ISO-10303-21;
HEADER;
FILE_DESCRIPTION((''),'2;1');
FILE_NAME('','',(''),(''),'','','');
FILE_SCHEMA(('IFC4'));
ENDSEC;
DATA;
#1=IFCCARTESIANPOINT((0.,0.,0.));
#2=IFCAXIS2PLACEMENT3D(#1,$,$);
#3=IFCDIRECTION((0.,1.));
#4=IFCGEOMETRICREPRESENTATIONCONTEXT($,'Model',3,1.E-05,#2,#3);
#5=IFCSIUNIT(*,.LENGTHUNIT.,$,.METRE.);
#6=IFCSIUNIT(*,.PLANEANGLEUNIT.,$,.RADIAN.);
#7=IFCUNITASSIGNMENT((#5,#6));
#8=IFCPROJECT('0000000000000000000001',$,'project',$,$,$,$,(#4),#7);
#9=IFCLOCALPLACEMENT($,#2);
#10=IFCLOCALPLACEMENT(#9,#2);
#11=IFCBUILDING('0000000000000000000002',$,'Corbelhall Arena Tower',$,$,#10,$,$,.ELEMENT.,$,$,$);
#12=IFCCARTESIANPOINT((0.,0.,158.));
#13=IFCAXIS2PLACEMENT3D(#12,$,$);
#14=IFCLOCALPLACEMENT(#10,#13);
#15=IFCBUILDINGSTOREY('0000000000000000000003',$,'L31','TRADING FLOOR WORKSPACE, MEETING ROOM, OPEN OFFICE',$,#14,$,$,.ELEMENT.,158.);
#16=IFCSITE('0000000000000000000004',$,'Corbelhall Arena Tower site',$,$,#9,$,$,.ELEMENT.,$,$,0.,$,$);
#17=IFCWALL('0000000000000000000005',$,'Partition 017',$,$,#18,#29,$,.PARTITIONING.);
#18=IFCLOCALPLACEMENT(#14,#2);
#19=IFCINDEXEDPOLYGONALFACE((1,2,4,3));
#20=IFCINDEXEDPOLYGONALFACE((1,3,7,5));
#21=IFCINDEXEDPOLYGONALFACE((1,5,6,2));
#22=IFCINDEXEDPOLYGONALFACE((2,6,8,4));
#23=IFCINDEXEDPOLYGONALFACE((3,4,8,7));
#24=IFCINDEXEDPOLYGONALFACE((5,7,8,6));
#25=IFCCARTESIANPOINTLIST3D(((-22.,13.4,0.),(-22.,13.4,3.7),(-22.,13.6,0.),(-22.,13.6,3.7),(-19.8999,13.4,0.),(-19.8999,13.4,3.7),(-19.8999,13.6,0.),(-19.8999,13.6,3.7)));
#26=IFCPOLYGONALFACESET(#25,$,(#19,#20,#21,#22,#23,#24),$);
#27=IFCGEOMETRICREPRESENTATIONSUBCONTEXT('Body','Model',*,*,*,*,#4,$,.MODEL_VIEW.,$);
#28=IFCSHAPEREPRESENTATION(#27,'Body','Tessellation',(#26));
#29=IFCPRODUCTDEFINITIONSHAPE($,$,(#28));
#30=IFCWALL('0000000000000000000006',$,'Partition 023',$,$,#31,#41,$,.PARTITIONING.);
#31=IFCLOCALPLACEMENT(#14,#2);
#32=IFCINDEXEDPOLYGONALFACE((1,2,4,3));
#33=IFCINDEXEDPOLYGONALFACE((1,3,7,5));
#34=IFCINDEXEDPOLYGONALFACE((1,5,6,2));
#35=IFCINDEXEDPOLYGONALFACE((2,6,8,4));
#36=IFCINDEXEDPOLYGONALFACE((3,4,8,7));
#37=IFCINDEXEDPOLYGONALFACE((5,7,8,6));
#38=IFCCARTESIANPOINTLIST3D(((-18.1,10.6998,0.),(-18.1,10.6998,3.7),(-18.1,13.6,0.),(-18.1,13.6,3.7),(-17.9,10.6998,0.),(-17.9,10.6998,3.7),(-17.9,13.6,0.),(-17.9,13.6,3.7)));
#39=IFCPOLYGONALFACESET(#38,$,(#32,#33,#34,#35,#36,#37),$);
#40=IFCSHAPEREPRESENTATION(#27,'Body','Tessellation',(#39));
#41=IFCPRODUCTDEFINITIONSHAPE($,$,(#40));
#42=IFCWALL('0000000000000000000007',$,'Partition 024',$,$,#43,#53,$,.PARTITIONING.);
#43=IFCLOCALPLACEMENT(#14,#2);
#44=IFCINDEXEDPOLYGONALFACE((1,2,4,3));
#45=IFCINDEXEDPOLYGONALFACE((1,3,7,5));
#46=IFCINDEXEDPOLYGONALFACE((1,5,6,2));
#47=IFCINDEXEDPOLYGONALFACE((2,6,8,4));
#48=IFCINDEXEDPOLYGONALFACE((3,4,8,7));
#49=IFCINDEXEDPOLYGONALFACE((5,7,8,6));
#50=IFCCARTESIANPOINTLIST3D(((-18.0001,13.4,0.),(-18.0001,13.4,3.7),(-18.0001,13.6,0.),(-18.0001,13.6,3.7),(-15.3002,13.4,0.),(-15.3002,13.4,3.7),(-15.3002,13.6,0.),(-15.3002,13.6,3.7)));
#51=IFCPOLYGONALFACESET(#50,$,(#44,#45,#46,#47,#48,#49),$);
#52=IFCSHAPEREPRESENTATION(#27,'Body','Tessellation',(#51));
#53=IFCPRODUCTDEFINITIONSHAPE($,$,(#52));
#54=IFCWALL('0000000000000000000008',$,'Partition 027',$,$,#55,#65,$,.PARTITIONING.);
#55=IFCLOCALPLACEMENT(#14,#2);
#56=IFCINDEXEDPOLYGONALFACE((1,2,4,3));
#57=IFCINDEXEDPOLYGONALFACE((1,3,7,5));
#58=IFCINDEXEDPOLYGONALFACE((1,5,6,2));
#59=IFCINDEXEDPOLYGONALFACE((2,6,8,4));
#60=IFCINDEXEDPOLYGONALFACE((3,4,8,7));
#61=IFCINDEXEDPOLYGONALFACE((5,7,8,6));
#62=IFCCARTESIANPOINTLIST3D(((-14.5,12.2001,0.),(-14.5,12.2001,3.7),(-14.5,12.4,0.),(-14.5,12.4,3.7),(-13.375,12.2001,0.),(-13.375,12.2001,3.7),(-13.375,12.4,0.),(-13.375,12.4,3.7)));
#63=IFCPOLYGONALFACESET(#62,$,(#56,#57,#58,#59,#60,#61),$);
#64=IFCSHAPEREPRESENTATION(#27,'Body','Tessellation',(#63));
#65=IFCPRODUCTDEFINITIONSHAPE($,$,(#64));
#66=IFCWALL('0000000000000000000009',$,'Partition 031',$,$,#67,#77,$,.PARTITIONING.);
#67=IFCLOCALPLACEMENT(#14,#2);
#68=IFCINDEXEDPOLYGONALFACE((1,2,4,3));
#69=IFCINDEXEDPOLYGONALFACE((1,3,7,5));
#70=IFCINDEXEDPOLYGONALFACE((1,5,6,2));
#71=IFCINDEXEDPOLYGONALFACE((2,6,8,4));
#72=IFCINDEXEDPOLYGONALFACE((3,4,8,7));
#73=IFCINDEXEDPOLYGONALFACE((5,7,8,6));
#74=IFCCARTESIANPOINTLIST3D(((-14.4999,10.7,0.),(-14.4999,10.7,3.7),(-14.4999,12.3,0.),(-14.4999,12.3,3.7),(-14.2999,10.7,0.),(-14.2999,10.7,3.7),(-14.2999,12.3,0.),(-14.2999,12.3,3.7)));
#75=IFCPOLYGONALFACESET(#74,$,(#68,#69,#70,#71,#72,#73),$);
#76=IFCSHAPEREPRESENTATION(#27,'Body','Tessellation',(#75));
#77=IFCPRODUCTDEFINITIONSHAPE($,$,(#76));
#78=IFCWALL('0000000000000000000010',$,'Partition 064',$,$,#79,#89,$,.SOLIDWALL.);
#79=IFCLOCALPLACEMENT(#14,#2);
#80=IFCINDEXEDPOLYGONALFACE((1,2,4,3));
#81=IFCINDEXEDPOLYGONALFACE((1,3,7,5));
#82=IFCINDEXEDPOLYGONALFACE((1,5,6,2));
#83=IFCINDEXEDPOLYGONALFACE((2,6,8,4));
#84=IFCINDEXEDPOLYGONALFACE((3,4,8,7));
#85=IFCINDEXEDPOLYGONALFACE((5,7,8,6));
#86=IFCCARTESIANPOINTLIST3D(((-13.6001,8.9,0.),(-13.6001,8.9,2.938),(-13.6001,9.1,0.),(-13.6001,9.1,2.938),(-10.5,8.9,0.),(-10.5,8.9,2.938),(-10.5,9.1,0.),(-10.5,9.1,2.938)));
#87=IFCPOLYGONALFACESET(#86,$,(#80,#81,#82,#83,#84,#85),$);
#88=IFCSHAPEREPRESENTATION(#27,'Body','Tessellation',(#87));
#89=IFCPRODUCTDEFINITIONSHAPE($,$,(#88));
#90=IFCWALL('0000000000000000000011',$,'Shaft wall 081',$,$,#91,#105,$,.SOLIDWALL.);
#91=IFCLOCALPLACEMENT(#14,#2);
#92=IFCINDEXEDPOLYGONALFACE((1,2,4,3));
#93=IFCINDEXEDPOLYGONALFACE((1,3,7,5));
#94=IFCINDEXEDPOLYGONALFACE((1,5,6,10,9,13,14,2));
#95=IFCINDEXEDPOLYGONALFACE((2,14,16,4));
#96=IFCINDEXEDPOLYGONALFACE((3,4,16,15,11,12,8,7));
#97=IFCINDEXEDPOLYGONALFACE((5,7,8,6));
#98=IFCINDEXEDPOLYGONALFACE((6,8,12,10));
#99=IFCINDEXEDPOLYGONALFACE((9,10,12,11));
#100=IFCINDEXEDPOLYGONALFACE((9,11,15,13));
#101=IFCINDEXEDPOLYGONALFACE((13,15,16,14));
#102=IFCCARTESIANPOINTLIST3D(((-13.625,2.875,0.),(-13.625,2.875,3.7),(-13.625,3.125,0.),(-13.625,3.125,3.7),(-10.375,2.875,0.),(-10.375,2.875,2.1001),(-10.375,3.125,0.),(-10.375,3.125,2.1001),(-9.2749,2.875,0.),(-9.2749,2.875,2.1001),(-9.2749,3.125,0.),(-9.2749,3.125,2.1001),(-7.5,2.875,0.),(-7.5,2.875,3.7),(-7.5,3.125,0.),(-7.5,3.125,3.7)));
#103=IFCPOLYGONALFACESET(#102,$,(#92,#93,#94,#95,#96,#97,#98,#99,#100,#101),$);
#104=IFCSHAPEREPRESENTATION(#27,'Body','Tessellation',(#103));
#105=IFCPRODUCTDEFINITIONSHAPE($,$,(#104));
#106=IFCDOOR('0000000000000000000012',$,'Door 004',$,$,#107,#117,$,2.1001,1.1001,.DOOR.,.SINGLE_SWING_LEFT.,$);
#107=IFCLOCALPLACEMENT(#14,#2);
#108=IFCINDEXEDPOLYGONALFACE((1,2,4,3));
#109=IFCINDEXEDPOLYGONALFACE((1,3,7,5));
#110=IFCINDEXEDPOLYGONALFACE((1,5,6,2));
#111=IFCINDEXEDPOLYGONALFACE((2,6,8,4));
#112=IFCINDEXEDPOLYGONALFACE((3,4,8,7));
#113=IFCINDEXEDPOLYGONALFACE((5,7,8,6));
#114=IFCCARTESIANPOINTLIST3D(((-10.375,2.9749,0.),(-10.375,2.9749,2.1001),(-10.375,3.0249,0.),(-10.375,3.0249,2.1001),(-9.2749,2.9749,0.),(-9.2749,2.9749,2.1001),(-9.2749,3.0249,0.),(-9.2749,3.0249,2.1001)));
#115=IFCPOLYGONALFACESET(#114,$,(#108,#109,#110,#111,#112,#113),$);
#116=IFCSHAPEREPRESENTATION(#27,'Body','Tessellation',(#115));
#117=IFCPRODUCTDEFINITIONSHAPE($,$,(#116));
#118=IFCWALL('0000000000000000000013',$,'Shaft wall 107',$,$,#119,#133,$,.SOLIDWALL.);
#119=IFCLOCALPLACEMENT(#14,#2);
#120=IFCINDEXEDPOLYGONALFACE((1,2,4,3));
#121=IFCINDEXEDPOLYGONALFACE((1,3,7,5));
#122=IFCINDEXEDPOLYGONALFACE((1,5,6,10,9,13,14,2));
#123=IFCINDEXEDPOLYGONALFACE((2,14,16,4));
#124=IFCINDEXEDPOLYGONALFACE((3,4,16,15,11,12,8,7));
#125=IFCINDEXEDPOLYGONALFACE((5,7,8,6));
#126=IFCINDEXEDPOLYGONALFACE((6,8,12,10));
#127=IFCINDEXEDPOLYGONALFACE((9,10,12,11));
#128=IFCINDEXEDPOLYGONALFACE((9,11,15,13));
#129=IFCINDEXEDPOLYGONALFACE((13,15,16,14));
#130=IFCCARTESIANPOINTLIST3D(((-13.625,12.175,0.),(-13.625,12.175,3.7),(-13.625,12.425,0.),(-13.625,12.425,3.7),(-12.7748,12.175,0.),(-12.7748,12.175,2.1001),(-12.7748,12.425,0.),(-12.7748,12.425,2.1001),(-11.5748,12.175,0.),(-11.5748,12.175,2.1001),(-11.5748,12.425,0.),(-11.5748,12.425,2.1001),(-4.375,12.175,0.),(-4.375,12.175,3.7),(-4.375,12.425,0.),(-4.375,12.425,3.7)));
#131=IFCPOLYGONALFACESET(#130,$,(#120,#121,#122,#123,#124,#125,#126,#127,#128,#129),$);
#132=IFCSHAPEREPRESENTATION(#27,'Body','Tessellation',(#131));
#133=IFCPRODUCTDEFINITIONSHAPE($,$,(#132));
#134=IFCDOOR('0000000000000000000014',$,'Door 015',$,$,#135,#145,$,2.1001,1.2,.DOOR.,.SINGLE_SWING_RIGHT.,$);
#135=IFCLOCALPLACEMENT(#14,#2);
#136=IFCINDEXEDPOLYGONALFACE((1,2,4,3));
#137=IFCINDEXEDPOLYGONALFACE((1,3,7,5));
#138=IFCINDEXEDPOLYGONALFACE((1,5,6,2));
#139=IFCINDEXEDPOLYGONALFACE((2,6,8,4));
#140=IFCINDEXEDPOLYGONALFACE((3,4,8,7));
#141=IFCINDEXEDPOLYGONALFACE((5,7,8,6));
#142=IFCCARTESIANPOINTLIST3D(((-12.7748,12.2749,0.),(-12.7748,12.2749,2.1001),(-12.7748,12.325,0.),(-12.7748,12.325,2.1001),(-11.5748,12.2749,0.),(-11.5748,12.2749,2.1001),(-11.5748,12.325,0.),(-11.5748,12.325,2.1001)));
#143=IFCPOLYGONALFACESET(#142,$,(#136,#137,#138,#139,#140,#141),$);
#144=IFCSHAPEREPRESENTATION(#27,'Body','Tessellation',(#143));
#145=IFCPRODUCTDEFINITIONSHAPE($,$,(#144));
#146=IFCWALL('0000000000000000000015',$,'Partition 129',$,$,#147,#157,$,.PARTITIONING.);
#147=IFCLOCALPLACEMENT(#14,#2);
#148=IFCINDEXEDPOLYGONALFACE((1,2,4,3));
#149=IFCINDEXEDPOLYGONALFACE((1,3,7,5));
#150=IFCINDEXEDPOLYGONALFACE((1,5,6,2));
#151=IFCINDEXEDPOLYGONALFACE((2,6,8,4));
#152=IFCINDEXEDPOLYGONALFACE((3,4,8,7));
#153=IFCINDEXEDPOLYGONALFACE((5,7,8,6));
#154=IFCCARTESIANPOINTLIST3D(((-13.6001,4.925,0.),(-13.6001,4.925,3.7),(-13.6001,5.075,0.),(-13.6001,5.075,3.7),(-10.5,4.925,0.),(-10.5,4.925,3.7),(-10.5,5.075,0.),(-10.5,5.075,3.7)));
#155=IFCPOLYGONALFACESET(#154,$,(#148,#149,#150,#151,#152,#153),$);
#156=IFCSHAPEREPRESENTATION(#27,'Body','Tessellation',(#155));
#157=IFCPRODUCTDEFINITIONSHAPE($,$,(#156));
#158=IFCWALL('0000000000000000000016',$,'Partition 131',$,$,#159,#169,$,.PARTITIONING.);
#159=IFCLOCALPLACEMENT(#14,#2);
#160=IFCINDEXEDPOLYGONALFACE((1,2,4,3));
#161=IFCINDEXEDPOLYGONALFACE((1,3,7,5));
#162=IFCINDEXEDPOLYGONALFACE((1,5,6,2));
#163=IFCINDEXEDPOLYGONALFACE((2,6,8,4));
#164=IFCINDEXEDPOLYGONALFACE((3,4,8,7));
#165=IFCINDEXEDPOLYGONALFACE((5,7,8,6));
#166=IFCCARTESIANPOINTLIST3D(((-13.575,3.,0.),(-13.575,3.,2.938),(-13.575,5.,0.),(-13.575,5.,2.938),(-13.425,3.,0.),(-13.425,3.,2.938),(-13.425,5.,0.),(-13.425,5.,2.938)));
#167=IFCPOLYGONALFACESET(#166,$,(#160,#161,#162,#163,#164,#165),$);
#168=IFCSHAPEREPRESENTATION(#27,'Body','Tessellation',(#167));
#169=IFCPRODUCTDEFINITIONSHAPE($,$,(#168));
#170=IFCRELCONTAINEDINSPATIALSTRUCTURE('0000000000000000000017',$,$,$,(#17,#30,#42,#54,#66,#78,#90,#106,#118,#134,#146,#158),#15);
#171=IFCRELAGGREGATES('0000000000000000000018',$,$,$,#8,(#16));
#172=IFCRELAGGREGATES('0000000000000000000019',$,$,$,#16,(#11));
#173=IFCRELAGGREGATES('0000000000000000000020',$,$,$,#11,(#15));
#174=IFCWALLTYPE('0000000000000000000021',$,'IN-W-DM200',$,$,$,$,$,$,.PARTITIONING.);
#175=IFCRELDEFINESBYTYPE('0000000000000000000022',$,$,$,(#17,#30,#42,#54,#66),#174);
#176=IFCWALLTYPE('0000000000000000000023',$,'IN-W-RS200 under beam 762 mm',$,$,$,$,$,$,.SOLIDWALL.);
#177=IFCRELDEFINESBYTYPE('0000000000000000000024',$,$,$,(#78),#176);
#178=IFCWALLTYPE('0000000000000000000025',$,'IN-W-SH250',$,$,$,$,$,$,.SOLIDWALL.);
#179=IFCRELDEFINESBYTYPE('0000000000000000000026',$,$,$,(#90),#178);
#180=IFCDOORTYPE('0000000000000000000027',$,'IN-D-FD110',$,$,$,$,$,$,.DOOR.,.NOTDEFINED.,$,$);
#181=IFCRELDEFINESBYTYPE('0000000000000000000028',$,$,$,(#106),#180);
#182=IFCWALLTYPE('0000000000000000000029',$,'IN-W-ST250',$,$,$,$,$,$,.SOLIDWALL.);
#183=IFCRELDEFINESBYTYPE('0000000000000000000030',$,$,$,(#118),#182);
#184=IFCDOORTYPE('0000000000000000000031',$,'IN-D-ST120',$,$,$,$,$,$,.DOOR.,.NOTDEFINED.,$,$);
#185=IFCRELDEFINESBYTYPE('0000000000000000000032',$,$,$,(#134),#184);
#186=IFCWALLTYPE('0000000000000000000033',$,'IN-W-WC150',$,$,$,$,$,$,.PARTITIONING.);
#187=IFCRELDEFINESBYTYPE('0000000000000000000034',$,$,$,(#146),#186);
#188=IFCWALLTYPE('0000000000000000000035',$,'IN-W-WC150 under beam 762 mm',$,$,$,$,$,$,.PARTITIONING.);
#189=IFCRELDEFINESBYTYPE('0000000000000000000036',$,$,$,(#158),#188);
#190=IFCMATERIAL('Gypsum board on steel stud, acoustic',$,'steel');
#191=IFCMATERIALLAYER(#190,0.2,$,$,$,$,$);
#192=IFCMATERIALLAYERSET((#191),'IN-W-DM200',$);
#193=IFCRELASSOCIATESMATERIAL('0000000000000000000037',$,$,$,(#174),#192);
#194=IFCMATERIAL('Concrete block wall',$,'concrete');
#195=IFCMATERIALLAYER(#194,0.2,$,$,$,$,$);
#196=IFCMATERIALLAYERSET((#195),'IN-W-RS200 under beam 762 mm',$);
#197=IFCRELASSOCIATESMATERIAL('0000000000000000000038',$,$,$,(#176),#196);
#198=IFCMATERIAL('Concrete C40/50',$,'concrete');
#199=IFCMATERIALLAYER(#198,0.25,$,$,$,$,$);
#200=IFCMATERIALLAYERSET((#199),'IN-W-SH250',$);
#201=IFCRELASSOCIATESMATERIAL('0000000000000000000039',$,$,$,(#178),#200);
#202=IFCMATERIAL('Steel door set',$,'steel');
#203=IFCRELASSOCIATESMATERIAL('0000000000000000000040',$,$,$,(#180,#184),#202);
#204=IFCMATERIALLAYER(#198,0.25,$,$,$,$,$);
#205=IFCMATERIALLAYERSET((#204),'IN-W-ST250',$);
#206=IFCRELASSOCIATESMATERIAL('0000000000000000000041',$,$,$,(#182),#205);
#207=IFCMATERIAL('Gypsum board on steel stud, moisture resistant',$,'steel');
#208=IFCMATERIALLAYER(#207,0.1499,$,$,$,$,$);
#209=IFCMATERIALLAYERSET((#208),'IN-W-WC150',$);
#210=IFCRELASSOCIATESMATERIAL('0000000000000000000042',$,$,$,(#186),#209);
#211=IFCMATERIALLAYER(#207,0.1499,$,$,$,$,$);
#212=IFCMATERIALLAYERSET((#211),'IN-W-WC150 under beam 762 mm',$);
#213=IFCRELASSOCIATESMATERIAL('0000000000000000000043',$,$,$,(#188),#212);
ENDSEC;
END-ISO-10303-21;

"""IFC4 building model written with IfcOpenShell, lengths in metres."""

from ifc_helpers import new_model, si_unit, direction, frame, frame_2d, origin, place, context, subcontext, project, spatial, rectangle, extrude, material, layer, layer_set, type_object, element, fill, save


model = new_model("IFC4")

# Units and contexts
model_context = context("Model", 3, precision=1e-05, world=origin(), true_north=direction((0.0, 1.0)))
body_context = subcontext(model_context, "Body", "Model", "MODEL_VIEW")
ifc_project = project(units=[si_unit("LENGTHUNIT", "METRE"), si_unit("PLANEANGLEUNIT", "RADIAN")], contexts=[model_context])

# Site, building, storey
site_placement = place(None, origin())
site = spatial("IfcSite", under=ifc_project, at=site_placement, Name="Corbelhall Arena Tower site", CompositionType="ELEMENT", RefElevation=0.0)
building_placement = place(site_placement, origin())
building = spatial("IfcBuilding", under=site, at=building_placement, Name="Corbelhall Arena Tower", CompositionType="ELEMENT")
storey_placement = place(building_placement, frame((0.0, 0.0, 158.0)))
storey = spatial("IfcBuildingStorey", under=building, at=storey_placement, Name="L31", Description="TRADING FLOOR WORKSPACE, MEETING ROOM, OPEN OFFICE", CompositionType="ELEMENT", Elevation=158.0)

# Shared definitions
ifc_material_1 = material(Name="Gypsum board on steel stud, acoustic", Category="steel")
ifc_layer_1 = layer(ifc_material_1, 0.2)
ifc_layer_set_1 = layer_set([ifc_layer_1], Name="IN-W-DM200")
wall_type_1 = type_object("IfcWallType", Name="IN-W-DM200", PredefinedType="PARTITIONING", material=ifc_layer_set_1)
ifc_material_2 = material(Name="Steel door set", Category="steel")

# Wall
wall_1_placement = place(storey_placement, frame((-19.8999, 13.5, 0.0), z_axis=(0.0, 0.0, 1.0), x_axis=(-1.0, 0.0, 0.0)))
element("IfcWall", 1, at=wall_1_placement, inside=storey, type_object=wall_type_1, Name="Partition 017", PredefinedType="PARTITIONING", context=body_context, shape_type="SweptSolid", body=[
    extrude(rectangle(XDim=2.1001, YDim=0.2, at=frame_2d((1.05, 0.0))), origin(), (0.0, 0.0, 1.0), 3.7),
])

# Walls
wall_2_placement = place(storey_placement, frame((-18.0, 13.6001, 0.0), z_axis=(0.0, 0.0, 1.0), x_axis=(0.0, -1.0, 0.0)))
element("IfcWall", 2, at=wall_2_placement, inside=storey, type_object=wall_type_1, Name="Partition 023", PredefinedType="PARTITIONING", context=body_context, shape_type="SweptSolid", body=[
    extrude(rectangle(XDim=2.9001, YDim=0.2, at=frame_2d((1.4502, 0.0))), origin(), (0.0, 0.0, 1.0), 3.7),
])
wall_3_placement = place(storey_placement, frame((-15.3, 13.5, 0.0), z_axis=(0.0, 0.0, 1.0), x_axis=(-1.0, 0.0, 0.0)))
element("IfcWall", 3, at=wall_3_placement, inside=storey, type_object=wall_type_1, Name="Partition 024", PredefinedType="PARTITIONING", context=body_context, shape_type="SweptSolid", body=[
    extrude(rectangle(XDim=2.7, YDim=0.2, at=frame_2d((1.3501, 0.0))), origin(), (0.0, 0.0, 1.0), 3.7),
])
wall_4_placement = place(storey_placement, frame((-14.5, 12.3, 0.0), z_axis=(0.0, 0.0, 1.0), x_axis=(1.0, 0.0, 0.0)))
element("IfcWall", 4, at=wall_4_placement, inside=storey, type_object=wall_type_1, Name="Partition 027", PredefinedType="PARTITIONING", context=body_context, shape_type="SweptSolid", body=[
    extrude(rectangle(XDim=1.125, YDim=0.2, at=frame_2d((0.5625, 0.0))), origin(), (0.0, 0.0, 1.0), 3.7),
])
wall_5_placement = place(storey_placement, frame((-14.3999, 10.7, 0.0), z_axis=(0.0, 0.0, 1.0), x_axis=(0.0, 1.0, 0.0)))
element("IfcWall", 5, at=wall_5_placement, inside=storey, type_object=wall_type_1, Name="Partition 031", PredefinedType="PARTITIONING", context=body_context, shape_type="SweptSolid", body=[
    extrude(rectangle(XDim=1.6001, YDim=0.2, at=frame_2d((0.8, 0.0))), origin(), (0.0, 0.0, 1.0), 3.7),
])
ifc_material_3 = material(Name="Concrete block wall", Category="concrete")
ifc_layer_2 = layer(ifc_material_3, 0.2)
ifc_layer_set_2 = layer_set([ifc_layer_2], Name="IN-W-RS200 under beam 762 mm")
wall_type_2 = type_object("IfcWallType", Name="IN-W-RS200 under beam 762 mm", PredefinedType="SOLIDWALL", material=ifc_layer_set_2)
wall_6_placement = place(storey_placement, frame((-13.6001, 9.0, 0.0), z_axis=(0.0, 0.0, 1.0), x_axis=(1.0, 0.0, 0.0)))
element("IfcWall", 6, at=wall_6_placement, inside=storey, type_object=wall_type_2, Name="Partition 064", PredefinedType="SOLIDWALL", context=body_context, shape_type="SweptSolid", body=[
    extrude(rectangle(XDim=3.1001, YDim=0.2, at=frame_2d((1.55, 0.0))), origin(), (0.0, 0.0, 1.0), 2.938),
])

# Walls, openings, doors
ifc_material_4 = material(Name="Concrete C40/50", Category="concrete")
ifc_layer_3 = layer(ifc_material_4, 0.25)
ifc_layer_set_3 = layer_set([ifc_layer_3], Name="IN-W-SH250")
wall_type_3 = type_object("IfcWallType", Name="IN-W-SH250", PredefinedType="SOLIDWALL", material=ifc_layer_set_3)
wall_7_placement = place(storey_placement, frame((-13.625, 3.0, 0.0), z_axis=(0.0, 0.0, 1.0), x_axis=(1.0, 0.0, 0.0)))
wall_7 = element("IfcWall", 7, at=wall_7_placement, inside=storey, type_object=wall_type_3, Name="Shaft wall 081", PredefinedType="SOLIDWALL", context=body_context, shape_type="SweptSolid", body=[
    extrude(rectangle(XDim=6.125, YDim=0.25, at=frame_2d((3.0625, 0.0))), origin(), (0.0, 0.0, 1.0), 3.7),
])
opening_1_placement = place(wall_7_placement, frame((3.25, 0.0, 0.0)))
opening_1 = element("IfcOpeningElement", 8, at=opening_1_placement, cuts=wall_7, PredefinedType="OPENING", context=body_context, shape_type="SweptSolid", body=[
    extrude(rectangle(XDim=1.1001, YDim=2.1001, at=frame_2d((0.55, 1.05))), frame((0.0, 0.125, 0.0), z_axis=(0.0, -1.0, 0.0), x_axis=(1.0, 0.0, 0.0)), (0.0, 0.0, 1.0), 0.25),
])
door_type_1 = type_object("IfcDoorType", Name="IN-D-FD110", OperationType="NOTDEFINED", PredefinedType="DOOR", material=ifc_material_2)
door_1_placement = place(opening_1_placement, origin())
door_1 = element("IfcDoor", 9, at=door_1_placement, inside=storey, type_object=door_type_1, Name="Door 004", OperationType="SINGLE_SWING_LEFT", OverallHeight=2.1001, OverallWidth=1.1001, PredefinedType="DOOR", context=body_context, shape_type="SweptSolid", body=[
    extrude(rectangle(XDim=1.1001, YDim=2.1001, at=frame_2d((0.55, 1.05))), frame((0.0, 0.0249, 0.0), z_axis=(0.0, -1.0, 0.0), x_axis=(1.0, 0.0, 0.0)), (0.0, 0.0, 1.0), 0.05),
])
fill(opening_1, door_1)
ifc_layer_4 = layer(ifc_material_4, 0.25)
ifc_layer_set_4 = layer_set([ifc_layer_4], Name="IN-W-ST250")
wall_type_4 = type_object("IfcWallType", Name="IN-W-ST250", PredefinedType="SOLIDWALL", material=ifc_layer_set_4)
wall_8_placement = place(storey_placement, frame((-13.625, 12.3, 0.0), z_axis=(0.0, 0.0, 1.0), x_axis=(1.0, 0.0, 0.0)))
wall_8 = element("IfcWall", 10, at=wall_8_placement, inside=storey, type_object=wall_type_4, Name="Shaft wall 107", PredefinedType="SOLIDWALL", context=body_context, shape_type="SweptSolid", body=[
    extrude(rectangle(XDim=9.25, YDim=0.25, at=frame_2d((4.625, 0.0))), origin(), (0.0, 0.0, 1.0), 3.7),
])
opening_2_placement = place(wall_8_placement, frame((0.8501, 0.0, 0.0)))
opening_2 = element("IfcOpeningElement", 11, at=opening_2_placement, cuts=wall_8, PredefinedType="OPENING", context=body_context, shape_type="SweptSolid", body=[
    extrude(rectangle(XDim=1.2, YDim=2.1001, at=frame_2d((0.6001, 1.05))), frame((0.0, 0.125, 0.0), z_axis=(0.0, -1.0, 0.0), x_axis=(1.0, 0.0, 0.0)), (0.0, 0.0, 1.0), 0.25),
])
door_type_2 = type_object("IfcDoorType", Name="IN-D-ST120", OperationType="NOTDEFINED", PredefinedType="DOOR", material=ifc_material_2)
door_2_placement = place(opening_2_placement, origin())
door_2 = element("IfcDoor", 12, at=door_2_placement, inside=storey, type_object=door_type_2, Name="Door 015", OperationType="SINGLE_SWING_RIGHT", OverallHeight=2.1001, OverallWidth=1.2, PredefinedType="DOOR", context=body_context, shape_type="SweptSolid", body=[
    extrude(rectangle(XDim=1.2, YDim=2.1001, at=frame_2d((0.6001, 1.05))), frame((0.0, 0.0249, 0.0), z_axis=(0.0, -1.0, 0.0), x_axis=(1.0, 0.0, 0.0)), (0.0, 0.0, 1.0), 0.05),
])
fill(opening_2, door_2)

# Walls
ifc_material_5 = material(Name="Gypsum board on steel stud, moisture resistant", Category="steel")
ifc_layer_5 = layer(ifc_material_5, 0.1499)
ifc_layer_set_5 = layer_set([ifc_layer_5], Name="IN-W-WC150")
wall_type_5 = type_object("IfcWallType", Name="IN-W-WC150", PredefinedType="PARTITIONING", material=ifc_layer_set_5)
wall_9_placement = place(storey_placement, frame((-13.6001, 5.0, 0.0), z_axis=(0.0, 0.0, 1.0), x_axis=(1.0, 0.0, 0.0)))
element("IfcWall", 13, at=wall_9_placement, inside=storey, type_object=wall_type_5, Name="Partition 129", PredefinedType="PARTITIONING", context=body_context, shape_type="SweptSolid", body=[
    extrude(rectangle(XDim=3.1001, YDim=0.1499, at=frame_2d((1.55, 0.0))), origin(), (0.0, 0.0, 1.0), 3.7),
])
ifc_layer_6 = layer(ifc_material_5, 0.1499)
ifc_layer_set_6 = layer_set([ifc_layer_6], Name="IN-W-WC150 under beam 762 mm")
wall_type_6 = type_object("IfcWallType", Name="IN-W-WC150 under beam 762 mm", PredefinedType="PARTITIONING", material=ifc_layer_set_6)
wall_10_placement = place(storey_placement, frame((-13.5, 3.0, 0.0), z_axis=(0.0, 0.0, 1.0), x_axis=(0.0, 1.0, 0.0)))
element("IfcWall", 14, at=wall_10_placement, inside=storey, type_object=wall_type_6, Name="Partition 131", PredefinedType="PARTITIONING", context=body_context, shape_type="SweptSolid", body=[
    extrude(rectangle(XDim=2.0, YDim=0.1499, at=frame_2d((1.0, 0.0))), origin(), (0.0, 0.0, 1.0), 2.938),
])

save(model, "model.ifc")
